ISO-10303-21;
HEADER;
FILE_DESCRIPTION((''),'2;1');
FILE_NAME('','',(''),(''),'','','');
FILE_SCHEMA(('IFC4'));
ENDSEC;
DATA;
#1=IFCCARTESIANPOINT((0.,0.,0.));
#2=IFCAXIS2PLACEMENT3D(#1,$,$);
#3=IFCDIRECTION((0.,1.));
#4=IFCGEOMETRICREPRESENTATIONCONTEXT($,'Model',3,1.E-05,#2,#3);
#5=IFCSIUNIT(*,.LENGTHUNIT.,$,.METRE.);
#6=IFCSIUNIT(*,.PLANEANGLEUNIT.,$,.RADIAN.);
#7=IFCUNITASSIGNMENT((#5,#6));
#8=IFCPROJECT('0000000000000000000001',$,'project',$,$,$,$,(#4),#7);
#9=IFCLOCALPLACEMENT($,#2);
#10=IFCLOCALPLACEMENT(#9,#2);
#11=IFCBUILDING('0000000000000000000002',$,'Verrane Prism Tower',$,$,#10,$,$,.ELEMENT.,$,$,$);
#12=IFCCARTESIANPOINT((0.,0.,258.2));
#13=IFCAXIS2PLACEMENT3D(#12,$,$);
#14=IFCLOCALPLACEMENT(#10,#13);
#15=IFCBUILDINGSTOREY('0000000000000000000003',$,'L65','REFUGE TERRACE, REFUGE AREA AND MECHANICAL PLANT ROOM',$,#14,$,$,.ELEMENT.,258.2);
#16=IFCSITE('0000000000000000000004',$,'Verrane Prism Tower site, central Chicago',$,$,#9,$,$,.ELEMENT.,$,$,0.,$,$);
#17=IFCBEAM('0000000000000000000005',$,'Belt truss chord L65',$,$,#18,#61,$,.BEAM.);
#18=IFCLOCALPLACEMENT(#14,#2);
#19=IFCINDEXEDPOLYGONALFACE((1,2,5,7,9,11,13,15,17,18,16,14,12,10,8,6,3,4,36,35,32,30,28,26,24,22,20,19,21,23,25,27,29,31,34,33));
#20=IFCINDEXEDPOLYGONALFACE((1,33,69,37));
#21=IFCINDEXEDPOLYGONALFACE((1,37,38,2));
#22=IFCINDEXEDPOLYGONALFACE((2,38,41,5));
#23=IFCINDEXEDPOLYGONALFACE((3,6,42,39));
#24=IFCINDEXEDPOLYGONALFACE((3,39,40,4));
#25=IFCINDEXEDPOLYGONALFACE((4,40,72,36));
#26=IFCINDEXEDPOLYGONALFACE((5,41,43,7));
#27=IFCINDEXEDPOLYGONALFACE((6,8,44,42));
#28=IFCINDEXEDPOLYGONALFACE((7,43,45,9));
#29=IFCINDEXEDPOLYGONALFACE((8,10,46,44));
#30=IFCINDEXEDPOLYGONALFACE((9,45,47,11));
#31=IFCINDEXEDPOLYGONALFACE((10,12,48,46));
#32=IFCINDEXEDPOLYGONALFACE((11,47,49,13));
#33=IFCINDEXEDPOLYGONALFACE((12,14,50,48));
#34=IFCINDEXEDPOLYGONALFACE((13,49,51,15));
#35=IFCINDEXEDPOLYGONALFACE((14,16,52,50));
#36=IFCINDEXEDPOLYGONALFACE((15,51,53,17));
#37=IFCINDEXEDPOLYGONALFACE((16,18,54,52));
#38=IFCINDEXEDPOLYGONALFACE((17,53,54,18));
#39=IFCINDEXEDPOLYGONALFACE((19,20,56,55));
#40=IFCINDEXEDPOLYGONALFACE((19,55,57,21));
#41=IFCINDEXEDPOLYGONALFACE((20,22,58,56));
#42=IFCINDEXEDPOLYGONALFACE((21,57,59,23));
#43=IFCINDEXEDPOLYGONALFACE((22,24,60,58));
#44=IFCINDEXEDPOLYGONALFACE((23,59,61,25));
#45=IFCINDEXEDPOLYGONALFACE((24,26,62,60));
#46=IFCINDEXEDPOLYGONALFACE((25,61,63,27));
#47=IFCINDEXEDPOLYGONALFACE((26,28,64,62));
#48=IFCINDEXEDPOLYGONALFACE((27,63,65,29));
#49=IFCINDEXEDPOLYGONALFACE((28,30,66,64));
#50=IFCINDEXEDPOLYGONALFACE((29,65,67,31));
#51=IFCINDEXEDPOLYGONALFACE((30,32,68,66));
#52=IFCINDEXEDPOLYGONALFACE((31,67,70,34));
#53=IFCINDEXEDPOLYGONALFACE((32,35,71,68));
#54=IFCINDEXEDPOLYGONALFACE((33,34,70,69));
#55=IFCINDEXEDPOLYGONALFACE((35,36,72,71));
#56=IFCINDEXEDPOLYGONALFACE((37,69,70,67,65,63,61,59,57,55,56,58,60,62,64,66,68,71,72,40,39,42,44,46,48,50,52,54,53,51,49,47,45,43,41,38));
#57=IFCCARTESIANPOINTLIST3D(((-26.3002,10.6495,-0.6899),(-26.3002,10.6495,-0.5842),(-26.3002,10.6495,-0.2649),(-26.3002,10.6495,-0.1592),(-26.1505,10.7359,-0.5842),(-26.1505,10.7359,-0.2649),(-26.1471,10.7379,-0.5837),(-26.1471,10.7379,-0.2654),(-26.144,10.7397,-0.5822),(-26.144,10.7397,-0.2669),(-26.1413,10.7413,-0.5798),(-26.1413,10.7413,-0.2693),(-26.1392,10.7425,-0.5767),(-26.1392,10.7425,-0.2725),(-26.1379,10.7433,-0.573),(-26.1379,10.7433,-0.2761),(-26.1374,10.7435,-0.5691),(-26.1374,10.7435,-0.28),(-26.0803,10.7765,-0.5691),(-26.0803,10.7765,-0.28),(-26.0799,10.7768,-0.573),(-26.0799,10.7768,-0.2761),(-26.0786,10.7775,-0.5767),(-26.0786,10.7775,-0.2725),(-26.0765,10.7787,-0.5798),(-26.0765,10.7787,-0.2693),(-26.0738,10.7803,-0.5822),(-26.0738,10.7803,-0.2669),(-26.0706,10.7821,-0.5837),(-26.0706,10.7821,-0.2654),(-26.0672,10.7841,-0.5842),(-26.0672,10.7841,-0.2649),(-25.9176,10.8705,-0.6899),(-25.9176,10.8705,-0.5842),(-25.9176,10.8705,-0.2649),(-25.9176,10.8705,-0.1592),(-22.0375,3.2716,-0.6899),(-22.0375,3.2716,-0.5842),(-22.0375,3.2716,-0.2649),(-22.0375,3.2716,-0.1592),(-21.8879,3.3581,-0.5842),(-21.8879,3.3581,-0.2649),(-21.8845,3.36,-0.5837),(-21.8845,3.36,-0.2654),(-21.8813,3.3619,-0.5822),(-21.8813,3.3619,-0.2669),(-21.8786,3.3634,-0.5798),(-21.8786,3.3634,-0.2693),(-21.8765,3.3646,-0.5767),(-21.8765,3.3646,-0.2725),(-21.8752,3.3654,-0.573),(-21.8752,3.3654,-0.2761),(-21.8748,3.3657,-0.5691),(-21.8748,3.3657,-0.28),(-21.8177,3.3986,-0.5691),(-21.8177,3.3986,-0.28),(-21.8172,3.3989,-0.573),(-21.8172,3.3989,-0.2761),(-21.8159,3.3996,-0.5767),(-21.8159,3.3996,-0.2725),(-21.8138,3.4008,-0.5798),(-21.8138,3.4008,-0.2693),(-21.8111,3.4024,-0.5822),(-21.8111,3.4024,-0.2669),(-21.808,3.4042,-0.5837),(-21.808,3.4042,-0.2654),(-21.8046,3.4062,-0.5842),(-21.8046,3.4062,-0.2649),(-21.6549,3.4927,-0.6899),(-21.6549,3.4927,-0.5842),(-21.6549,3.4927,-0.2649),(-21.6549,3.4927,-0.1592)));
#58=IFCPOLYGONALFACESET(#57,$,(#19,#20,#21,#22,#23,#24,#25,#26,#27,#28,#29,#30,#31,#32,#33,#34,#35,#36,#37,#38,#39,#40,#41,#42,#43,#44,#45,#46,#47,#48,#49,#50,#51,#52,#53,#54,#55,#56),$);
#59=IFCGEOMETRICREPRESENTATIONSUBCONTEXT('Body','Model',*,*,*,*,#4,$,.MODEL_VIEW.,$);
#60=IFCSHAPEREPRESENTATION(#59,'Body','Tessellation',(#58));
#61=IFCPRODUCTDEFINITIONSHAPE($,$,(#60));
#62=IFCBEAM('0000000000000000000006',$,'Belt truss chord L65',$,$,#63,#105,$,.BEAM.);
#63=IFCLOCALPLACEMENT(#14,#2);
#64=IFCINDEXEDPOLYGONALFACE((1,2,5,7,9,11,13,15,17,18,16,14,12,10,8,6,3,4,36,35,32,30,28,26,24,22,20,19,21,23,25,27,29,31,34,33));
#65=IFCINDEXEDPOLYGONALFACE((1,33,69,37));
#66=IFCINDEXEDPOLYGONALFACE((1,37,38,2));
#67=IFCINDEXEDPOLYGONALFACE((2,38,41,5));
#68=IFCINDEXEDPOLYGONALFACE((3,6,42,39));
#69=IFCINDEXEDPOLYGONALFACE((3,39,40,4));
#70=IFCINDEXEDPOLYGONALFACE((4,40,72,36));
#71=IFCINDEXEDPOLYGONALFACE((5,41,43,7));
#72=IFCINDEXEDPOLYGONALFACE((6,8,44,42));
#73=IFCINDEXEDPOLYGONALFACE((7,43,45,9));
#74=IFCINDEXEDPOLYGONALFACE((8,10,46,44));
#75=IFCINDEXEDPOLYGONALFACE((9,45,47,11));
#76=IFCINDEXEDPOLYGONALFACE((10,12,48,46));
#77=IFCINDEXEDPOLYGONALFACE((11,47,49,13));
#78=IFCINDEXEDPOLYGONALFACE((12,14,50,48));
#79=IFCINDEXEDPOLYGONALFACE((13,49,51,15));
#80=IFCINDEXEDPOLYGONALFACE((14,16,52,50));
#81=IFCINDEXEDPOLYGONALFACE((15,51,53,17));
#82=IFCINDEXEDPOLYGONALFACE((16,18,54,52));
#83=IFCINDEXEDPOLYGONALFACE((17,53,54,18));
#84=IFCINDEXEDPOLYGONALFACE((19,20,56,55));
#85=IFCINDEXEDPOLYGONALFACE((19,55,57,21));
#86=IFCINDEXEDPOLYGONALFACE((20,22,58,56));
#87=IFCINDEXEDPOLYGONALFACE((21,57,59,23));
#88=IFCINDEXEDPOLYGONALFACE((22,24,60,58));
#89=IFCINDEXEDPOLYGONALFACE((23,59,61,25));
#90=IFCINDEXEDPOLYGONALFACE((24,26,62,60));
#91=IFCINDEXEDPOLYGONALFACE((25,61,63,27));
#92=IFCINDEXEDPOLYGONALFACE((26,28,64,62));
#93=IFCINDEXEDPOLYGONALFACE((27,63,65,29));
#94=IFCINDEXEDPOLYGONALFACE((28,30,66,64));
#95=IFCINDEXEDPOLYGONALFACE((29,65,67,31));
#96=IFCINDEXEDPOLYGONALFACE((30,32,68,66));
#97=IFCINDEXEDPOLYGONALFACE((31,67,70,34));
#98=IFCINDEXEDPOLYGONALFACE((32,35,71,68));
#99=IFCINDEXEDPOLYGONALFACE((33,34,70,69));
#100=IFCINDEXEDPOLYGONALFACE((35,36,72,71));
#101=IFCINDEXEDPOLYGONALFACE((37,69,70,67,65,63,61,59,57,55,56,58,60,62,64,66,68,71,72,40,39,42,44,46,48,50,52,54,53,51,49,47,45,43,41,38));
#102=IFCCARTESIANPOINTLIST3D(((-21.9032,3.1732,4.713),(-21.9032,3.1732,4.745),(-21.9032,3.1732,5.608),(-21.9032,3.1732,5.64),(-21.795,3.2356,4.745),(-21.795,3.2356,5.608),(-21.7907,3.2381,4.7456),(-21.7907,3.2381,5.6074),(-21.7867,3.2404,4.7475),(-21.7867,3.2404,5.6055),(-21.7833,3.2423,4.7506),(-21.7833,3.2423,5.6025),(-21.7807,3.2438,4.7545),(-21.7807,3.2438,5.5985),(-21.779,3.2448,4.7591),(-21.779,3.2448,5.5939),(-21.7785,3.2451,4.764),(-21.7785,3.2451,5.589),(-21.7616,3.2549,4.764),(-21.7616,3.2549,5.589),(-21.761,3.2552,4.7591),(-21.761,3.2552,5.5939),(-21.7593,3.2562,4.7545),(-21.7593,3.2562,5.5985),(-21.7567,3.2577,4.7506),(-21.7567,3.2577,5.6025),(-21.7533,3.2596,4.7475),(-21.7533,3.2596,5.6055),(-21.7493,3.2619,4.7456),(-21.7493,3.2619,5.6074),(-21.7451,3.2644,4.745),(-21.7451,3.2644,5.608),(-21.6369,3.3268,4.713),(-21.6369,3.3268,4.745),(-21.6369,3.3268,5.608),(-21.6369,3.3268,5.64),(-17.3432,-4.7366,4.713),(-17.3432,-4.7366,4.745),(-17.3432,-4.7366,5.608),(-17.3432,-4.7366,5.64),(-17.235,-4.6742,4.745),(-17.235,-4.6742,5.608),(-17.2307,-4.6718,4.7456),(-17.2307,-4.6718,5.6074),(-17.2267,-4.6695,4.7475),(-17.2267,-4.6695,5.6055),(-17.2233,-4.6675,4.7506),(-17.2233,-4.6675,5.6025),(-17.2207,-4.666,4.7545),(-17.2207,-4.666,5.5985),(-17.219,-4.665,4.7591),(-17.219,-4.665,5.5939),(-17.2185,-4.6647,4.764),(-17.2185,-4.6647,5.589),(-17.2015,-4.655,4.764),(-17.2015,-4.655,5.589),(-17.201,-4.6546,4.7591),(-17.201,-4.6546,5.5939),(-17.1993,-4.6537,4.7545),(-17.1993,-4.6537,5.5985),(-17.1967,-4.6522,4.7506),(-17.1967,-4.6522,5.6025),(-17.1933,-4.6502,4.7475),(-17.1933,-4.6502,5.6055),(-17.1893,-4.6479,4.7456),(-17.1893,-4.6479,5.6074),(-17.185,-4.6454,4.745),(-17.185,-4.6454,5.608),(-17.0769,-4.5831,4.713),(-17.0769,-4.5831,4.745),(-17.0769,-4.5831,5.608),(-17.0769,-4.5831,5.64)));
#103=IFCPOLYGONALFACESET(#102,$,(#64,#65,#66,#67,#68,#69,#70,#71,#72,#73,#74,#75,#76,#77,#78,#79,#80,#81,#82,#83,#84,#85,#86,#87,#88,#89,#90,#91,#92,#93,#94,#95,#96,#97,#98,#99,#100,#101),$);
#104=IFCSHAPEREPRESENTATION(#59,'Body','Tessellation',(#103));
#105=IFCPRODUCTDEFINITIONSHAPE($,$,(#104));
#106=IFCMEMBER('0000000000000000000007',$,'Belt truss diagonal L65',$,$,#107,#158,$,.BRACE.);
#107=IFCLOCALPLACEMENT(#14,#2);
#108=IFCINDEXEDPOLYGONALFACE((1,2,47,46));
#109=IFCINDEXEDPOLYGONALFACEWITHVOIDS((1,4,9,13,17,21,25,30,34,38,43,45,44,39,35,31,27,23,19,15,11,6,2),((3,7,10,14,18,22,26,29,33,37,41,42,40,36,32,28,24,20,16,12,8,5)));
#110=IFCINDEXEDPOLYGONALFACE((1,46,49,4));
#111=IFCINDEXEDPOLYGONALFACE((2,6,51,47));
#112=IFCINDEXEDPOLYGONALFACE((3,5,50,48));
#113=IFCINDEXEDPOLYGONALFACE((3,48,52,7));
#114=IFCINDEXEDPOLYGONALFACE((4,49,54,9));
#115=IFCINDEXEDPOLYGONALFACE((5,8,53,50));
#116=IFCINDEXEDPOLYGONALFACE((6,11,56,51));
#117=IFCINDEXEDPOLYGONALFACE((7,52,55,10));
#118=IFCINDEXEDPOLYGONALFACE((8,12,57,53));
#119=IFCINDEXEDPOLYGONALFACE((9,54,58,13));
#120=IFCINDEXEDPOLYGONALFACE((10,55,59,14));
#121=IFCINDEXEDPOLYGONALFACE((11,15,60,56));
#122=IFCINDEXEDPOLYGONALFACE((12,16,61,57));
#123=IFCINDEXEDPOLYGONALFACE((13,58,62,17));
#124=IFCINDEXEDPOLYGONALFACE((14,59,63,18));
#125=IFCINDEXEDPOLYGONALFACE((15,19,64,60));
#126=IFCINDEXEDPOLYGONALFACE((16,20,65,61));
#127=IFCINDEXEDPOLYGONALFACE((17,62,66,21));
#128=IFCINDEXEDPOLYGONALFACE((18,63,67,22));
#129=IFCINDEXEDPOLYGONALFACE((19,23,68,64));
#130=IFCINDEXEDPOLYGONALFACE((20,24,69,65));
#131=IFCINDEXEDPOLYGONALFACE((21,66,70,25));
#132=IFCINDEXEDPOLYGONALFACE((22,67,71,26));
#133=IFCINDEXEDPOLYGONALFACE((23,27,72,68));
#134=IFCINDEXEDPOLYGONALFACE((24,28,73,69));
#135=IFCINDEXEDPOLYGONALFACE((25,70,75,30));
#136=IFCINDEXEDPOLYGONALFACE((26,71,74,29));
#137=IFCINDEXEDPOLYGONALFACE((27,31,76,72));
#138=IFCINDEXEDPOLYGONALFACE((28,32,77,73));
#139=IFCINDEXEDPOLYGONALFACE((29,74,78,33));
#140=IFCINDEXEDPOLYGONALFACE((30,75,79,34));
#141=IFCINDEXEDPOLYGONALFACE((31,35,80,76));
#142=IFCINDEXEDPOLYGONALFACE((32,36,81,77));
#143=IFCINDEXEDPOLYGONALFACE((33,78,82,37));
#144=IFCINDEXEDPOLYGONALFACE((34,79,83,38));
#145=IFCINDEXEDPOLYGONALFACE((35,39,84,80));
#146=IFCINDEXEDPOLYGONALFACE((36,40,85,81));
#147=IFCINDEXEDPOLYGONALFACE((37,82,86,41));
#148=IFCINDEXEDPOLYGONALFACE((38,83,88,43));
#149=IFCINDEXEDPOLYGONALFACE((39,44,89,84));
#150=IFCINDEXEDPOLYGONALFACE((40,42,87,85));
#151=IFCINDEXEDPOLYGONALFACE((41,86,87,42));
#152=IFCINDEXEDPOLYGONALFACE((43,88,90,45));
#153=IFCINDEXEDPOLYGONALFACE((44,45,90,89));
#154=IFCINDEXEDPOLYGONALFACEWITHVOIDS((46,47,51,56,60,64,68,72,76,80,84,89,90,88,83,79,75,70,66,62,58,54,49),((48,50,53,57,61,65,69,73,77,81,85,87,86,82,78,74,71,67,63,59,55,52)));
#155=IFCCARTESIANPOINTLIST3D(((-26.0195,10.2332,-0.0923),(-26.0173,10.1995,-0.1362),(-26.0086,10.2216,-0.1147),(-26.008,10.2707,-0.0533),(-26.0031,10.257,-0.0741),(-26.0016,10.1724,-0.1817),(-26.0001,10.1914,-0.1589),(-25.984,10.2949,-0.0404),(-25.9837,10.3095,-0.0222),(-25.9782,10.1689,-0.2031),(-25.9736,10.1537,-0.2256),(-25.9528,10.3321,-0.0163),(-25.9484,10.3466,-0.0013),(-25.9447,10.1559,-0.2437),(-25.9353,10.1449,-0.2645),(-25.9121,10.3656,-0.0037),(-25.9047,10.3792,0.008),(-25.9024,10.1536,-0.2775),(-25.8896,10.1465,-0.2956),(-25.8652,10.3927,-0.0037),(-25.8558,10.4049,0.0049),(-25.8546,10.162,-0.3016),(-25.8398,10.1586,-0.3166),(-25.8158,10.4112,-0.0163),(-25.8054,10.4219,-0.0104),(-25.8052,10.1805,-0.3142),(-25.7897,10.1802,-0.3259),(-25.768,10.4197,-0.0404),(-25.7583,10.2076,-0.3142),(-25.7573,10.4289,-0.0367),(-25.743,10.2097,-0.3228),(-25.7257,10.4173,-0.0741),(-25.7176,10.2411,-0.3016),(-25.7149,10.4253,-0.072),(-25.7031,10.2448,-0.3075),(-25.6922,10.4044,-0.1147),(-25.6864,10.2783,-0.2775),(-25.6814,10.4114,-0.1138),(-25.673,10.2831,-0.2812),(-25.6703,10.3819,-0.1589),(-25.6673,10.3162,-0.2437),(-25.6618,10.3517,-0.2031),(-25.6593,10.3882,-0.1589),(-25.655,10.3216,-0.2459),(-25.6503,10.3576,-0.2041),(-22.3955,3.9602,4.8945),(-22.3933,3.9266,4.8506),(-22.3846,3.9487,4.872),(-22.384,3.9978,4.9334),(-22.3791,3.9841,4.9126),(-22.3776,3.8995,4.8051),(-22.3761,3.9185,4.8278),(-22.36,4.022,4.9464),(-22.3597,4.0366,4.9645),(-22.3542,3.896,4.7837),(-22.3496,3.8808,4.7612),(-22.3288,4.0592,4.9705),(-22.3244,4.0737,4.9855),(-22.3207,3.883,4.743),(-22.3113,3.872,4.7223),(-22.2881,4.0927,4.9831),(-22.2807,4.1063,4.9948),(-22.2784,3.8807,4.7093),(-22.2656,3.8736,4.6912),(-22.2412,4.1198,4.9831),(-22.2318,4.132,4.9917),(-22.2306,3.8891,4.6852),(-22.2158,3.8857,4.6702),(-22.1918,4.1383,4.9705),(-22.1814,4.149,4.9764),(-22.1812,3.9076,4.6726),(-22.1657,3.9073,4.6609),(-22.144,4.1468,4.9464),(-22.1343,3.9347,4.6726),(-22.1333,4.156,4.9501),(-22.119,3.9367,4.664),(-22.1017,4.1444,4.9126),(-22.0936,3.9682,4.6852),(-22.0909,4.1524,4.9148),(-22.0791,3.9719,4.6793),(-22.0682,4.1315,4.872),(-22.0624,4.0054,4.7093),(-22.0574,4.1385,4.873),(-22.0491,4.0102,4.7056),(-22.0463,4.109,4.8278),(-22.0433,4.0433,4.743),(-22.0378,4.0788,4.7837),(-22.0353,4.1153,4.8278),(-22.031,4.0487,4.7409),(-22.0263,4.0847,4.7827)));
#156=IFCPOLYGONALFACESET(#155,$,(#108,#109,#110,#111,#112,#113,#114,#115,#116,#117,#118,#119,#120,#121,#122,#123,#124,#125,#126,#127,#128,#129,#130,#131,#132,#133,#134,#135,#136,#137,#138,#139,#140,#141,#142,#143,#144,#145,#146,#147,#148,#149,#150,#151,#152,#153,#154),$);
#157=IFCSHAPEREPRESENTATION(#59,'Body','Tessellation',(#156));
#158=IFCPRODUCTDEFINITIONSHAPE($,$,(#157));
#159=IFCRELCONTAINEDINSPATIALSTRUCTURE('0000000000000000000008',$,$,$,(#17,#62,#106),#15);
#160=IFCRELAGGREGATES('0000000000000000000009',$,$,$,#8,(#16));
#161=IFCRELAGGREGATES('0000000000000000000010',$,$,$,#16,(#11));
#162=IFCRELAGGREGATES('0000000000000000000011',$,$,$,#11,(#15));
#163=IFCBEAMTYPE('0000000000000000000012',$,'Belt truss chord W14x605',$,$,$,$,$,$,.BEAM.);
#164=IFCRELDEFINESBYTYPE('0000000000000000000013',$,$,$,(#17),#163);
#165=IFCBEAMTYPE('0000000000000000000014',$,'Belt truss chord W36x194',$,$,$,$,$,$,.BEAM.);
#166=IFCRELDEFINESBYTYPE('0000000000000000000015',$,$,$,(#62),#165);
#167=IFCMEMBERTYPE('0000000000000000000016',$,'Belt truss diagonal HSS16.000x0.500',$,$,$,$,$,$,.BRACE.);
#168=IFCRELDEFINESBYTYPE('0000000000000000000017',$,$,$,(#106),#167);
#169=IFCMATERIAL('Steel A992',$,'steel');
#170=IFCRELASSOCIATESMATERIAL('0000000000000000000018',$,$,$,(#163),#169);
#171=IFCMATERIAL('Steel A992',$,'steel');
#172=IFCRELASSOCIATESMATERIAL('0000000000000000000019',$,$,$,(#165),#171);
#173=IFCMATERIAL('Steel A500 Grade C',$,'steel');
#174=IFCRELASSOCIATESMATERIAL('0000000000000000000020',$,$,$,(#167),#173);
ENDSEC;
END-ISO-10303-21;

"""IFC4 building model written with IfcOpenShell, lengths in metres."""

from ifc_helpers import new_model, si_unit, direction, frame, origin, origin_2d, place, context, subcontext, project, spatial, hollow_circle, i_section, extrude, material, material_profile, profile_set, type_object, element, save


model = new_model("IFC4")

# Units and contexts
model_context = context("Model", 3, precision=1e-05, world=origin(), true_north=direction((0.0, 1.0)))
body_context = subcontext(model_context, "Body", "Model", "MODEL_VIEW")
ifc_project = project(units=[si_unit("LENGTHUNIT", "METRE"), si_unit("PLANEANGLEUNIT", "RADIAN")], contexts=[model_context])

# Site, building, storey
site_placement = place(None, origin())
site = spatial("IfcSite", under=ifc_project, at=site_placement, Name="Verrane Prism Tower site, central Chicago", CompositionType="ELEMENT", RefElevation=0.0)
building_placement = place(site_placement, origin())
building = spatial("IfcBuilding", under=site, at=building_placement, Name="Verrane Prism Tower", CompositionType="ELEMENT")
storey_placement = place(building_placement, frame((0.0, 0.0, 258.2)))
storey = spatial("IfcBuildingStorey", under=building, at=storey_placement, Name="L65", Description="REFUGE TERRACE, REFUGE AREA AND MECHANICAL PLANT ROOM", CompositionType="ELEMENT", Elevation=258.2)

# Beams
ifc_material_1 = material(Name="Steel A992", Category="steel")
ifc_material_profile_1 = material_profile(ifc_material_1, i_section(OverallWidth=0.4419, OverallDepth=0.5308, WebThickness=0.0659, FlangeThickness=0.1057, FilletRadius=0.0151, at=origin_2d()), Name="W14x605")
ifc_profile_set_1 = profile_set([ifc_material_profile_1], Name="Steel A992")
beam_type_1 = type_object("IfcBeamType", Name="Belt truss chord W14x605", PredefinedType="BEAM", material=ifc_profile_set_1)
beam_1_placement = place(storey_placement, frame((-26.1089, 10.76, -0.4246), z_axis=(0.500268, -0.865871, 0.0), x_axis=(0.865871, 0.500268, 0.0)))
element("IfcBeam", 1, at=beam_1_placement, inside=storey, type_object=beam_type_1, Name="Belt truss chord L65", PredefinedType="BEAM", context=body_context, shape_type="SweptSolid", body=[
    extrude(i_section(OverallWidth=0.4419, OverallDepth=0.5308, WebThickness=0.0659, FlangeThickness=0.1057, FilletRadius=0.0151, at=origin_2d()), origin(), (0.0, 0.0, 1.0), 8.5208),
])
ifc_material_2 = material(Name="Steel A992", Category="steel")
ifc_material_profile_2 = material_profile(ifc_material_2, i_section(OverallWidth=0.3074, OverallDepth=0.927, WebThickness=0.0195, FlangeThickness=0.032, FilletRadius=0.019, at=origin_2d()), Name="W36x194")
ifc_profile_set_2 = profile_set([ifc_material_profile_2], Name="Steel A992")
beam_type_2 = type_object("IfcBeamType", Name="Belt truss chord W36x194", PredefinedType="BEAM", material=ifc_profile_set_2)
beam_2_placement = place(storey_placement, frame((-21.77, 3.25, 5.1765), z_axis=(0.499447, -0.866344, 0.0), x_axis=(0.866344, 0.499447, 0.0)))
element("IfcBeam", 2, at=beam_2_placement, inside=storey, type_object=beam_type_2, Name="Belt truss chord L65", PredefinedType="BEAM", context=body_context, shape_type="SweptSolid", body=[
    extrude(i_section(OverallWidth=0.3074, OverallDepth=0.927, WebThickness=0.0195, FlangeThickness=0.032, FilletRadius=0.019, at=origin_2d()), origin(), (0.0, 0.0, 1.0), 9.1301),
])

# Member
ifc_material_3 = material(Name="Steel A500 Grade C", Category="steel")
ifc_material_profile_3 = material_profile(ifc_material_3, hollow_circle(Radius=0.2031, WallThickness=0.0127, at=origin_2d()), Name="HSS16.000x0.500")
ifc_profile_set_3 = profile_set([ifc_material_profile_3], Name="Steel A500 Grade C")
member_type_1 = type_object("IfcMemberType", Name="Belt truss diagonal HSS16.000x0.500", PredefinedType="BRACE", material=ifc_profile_set_3)
member_1_placement = place(storey_placement, frame((-25.8352, 10.2866, -0.1589), z_axis=(0.412056, -0.713242, 0.567007), x_axis=(0.865886, 0.500242, 0.0)))
element("IfcMember", 3, at=member_1_placement, inside=storey, type_object=member_type_1, Name="Belt truss diagonal L65", PredefinedType="BRACE", context=body_context, shape_type="SweptSolid", body=[
    extrude(hollow_circle(Radius=0.2031, WallThickness=0.0127, at=origin_2d()), origin(), (0.0, 0.0, 1.0), 8.7949),
])

save(model, "model.ifc")
